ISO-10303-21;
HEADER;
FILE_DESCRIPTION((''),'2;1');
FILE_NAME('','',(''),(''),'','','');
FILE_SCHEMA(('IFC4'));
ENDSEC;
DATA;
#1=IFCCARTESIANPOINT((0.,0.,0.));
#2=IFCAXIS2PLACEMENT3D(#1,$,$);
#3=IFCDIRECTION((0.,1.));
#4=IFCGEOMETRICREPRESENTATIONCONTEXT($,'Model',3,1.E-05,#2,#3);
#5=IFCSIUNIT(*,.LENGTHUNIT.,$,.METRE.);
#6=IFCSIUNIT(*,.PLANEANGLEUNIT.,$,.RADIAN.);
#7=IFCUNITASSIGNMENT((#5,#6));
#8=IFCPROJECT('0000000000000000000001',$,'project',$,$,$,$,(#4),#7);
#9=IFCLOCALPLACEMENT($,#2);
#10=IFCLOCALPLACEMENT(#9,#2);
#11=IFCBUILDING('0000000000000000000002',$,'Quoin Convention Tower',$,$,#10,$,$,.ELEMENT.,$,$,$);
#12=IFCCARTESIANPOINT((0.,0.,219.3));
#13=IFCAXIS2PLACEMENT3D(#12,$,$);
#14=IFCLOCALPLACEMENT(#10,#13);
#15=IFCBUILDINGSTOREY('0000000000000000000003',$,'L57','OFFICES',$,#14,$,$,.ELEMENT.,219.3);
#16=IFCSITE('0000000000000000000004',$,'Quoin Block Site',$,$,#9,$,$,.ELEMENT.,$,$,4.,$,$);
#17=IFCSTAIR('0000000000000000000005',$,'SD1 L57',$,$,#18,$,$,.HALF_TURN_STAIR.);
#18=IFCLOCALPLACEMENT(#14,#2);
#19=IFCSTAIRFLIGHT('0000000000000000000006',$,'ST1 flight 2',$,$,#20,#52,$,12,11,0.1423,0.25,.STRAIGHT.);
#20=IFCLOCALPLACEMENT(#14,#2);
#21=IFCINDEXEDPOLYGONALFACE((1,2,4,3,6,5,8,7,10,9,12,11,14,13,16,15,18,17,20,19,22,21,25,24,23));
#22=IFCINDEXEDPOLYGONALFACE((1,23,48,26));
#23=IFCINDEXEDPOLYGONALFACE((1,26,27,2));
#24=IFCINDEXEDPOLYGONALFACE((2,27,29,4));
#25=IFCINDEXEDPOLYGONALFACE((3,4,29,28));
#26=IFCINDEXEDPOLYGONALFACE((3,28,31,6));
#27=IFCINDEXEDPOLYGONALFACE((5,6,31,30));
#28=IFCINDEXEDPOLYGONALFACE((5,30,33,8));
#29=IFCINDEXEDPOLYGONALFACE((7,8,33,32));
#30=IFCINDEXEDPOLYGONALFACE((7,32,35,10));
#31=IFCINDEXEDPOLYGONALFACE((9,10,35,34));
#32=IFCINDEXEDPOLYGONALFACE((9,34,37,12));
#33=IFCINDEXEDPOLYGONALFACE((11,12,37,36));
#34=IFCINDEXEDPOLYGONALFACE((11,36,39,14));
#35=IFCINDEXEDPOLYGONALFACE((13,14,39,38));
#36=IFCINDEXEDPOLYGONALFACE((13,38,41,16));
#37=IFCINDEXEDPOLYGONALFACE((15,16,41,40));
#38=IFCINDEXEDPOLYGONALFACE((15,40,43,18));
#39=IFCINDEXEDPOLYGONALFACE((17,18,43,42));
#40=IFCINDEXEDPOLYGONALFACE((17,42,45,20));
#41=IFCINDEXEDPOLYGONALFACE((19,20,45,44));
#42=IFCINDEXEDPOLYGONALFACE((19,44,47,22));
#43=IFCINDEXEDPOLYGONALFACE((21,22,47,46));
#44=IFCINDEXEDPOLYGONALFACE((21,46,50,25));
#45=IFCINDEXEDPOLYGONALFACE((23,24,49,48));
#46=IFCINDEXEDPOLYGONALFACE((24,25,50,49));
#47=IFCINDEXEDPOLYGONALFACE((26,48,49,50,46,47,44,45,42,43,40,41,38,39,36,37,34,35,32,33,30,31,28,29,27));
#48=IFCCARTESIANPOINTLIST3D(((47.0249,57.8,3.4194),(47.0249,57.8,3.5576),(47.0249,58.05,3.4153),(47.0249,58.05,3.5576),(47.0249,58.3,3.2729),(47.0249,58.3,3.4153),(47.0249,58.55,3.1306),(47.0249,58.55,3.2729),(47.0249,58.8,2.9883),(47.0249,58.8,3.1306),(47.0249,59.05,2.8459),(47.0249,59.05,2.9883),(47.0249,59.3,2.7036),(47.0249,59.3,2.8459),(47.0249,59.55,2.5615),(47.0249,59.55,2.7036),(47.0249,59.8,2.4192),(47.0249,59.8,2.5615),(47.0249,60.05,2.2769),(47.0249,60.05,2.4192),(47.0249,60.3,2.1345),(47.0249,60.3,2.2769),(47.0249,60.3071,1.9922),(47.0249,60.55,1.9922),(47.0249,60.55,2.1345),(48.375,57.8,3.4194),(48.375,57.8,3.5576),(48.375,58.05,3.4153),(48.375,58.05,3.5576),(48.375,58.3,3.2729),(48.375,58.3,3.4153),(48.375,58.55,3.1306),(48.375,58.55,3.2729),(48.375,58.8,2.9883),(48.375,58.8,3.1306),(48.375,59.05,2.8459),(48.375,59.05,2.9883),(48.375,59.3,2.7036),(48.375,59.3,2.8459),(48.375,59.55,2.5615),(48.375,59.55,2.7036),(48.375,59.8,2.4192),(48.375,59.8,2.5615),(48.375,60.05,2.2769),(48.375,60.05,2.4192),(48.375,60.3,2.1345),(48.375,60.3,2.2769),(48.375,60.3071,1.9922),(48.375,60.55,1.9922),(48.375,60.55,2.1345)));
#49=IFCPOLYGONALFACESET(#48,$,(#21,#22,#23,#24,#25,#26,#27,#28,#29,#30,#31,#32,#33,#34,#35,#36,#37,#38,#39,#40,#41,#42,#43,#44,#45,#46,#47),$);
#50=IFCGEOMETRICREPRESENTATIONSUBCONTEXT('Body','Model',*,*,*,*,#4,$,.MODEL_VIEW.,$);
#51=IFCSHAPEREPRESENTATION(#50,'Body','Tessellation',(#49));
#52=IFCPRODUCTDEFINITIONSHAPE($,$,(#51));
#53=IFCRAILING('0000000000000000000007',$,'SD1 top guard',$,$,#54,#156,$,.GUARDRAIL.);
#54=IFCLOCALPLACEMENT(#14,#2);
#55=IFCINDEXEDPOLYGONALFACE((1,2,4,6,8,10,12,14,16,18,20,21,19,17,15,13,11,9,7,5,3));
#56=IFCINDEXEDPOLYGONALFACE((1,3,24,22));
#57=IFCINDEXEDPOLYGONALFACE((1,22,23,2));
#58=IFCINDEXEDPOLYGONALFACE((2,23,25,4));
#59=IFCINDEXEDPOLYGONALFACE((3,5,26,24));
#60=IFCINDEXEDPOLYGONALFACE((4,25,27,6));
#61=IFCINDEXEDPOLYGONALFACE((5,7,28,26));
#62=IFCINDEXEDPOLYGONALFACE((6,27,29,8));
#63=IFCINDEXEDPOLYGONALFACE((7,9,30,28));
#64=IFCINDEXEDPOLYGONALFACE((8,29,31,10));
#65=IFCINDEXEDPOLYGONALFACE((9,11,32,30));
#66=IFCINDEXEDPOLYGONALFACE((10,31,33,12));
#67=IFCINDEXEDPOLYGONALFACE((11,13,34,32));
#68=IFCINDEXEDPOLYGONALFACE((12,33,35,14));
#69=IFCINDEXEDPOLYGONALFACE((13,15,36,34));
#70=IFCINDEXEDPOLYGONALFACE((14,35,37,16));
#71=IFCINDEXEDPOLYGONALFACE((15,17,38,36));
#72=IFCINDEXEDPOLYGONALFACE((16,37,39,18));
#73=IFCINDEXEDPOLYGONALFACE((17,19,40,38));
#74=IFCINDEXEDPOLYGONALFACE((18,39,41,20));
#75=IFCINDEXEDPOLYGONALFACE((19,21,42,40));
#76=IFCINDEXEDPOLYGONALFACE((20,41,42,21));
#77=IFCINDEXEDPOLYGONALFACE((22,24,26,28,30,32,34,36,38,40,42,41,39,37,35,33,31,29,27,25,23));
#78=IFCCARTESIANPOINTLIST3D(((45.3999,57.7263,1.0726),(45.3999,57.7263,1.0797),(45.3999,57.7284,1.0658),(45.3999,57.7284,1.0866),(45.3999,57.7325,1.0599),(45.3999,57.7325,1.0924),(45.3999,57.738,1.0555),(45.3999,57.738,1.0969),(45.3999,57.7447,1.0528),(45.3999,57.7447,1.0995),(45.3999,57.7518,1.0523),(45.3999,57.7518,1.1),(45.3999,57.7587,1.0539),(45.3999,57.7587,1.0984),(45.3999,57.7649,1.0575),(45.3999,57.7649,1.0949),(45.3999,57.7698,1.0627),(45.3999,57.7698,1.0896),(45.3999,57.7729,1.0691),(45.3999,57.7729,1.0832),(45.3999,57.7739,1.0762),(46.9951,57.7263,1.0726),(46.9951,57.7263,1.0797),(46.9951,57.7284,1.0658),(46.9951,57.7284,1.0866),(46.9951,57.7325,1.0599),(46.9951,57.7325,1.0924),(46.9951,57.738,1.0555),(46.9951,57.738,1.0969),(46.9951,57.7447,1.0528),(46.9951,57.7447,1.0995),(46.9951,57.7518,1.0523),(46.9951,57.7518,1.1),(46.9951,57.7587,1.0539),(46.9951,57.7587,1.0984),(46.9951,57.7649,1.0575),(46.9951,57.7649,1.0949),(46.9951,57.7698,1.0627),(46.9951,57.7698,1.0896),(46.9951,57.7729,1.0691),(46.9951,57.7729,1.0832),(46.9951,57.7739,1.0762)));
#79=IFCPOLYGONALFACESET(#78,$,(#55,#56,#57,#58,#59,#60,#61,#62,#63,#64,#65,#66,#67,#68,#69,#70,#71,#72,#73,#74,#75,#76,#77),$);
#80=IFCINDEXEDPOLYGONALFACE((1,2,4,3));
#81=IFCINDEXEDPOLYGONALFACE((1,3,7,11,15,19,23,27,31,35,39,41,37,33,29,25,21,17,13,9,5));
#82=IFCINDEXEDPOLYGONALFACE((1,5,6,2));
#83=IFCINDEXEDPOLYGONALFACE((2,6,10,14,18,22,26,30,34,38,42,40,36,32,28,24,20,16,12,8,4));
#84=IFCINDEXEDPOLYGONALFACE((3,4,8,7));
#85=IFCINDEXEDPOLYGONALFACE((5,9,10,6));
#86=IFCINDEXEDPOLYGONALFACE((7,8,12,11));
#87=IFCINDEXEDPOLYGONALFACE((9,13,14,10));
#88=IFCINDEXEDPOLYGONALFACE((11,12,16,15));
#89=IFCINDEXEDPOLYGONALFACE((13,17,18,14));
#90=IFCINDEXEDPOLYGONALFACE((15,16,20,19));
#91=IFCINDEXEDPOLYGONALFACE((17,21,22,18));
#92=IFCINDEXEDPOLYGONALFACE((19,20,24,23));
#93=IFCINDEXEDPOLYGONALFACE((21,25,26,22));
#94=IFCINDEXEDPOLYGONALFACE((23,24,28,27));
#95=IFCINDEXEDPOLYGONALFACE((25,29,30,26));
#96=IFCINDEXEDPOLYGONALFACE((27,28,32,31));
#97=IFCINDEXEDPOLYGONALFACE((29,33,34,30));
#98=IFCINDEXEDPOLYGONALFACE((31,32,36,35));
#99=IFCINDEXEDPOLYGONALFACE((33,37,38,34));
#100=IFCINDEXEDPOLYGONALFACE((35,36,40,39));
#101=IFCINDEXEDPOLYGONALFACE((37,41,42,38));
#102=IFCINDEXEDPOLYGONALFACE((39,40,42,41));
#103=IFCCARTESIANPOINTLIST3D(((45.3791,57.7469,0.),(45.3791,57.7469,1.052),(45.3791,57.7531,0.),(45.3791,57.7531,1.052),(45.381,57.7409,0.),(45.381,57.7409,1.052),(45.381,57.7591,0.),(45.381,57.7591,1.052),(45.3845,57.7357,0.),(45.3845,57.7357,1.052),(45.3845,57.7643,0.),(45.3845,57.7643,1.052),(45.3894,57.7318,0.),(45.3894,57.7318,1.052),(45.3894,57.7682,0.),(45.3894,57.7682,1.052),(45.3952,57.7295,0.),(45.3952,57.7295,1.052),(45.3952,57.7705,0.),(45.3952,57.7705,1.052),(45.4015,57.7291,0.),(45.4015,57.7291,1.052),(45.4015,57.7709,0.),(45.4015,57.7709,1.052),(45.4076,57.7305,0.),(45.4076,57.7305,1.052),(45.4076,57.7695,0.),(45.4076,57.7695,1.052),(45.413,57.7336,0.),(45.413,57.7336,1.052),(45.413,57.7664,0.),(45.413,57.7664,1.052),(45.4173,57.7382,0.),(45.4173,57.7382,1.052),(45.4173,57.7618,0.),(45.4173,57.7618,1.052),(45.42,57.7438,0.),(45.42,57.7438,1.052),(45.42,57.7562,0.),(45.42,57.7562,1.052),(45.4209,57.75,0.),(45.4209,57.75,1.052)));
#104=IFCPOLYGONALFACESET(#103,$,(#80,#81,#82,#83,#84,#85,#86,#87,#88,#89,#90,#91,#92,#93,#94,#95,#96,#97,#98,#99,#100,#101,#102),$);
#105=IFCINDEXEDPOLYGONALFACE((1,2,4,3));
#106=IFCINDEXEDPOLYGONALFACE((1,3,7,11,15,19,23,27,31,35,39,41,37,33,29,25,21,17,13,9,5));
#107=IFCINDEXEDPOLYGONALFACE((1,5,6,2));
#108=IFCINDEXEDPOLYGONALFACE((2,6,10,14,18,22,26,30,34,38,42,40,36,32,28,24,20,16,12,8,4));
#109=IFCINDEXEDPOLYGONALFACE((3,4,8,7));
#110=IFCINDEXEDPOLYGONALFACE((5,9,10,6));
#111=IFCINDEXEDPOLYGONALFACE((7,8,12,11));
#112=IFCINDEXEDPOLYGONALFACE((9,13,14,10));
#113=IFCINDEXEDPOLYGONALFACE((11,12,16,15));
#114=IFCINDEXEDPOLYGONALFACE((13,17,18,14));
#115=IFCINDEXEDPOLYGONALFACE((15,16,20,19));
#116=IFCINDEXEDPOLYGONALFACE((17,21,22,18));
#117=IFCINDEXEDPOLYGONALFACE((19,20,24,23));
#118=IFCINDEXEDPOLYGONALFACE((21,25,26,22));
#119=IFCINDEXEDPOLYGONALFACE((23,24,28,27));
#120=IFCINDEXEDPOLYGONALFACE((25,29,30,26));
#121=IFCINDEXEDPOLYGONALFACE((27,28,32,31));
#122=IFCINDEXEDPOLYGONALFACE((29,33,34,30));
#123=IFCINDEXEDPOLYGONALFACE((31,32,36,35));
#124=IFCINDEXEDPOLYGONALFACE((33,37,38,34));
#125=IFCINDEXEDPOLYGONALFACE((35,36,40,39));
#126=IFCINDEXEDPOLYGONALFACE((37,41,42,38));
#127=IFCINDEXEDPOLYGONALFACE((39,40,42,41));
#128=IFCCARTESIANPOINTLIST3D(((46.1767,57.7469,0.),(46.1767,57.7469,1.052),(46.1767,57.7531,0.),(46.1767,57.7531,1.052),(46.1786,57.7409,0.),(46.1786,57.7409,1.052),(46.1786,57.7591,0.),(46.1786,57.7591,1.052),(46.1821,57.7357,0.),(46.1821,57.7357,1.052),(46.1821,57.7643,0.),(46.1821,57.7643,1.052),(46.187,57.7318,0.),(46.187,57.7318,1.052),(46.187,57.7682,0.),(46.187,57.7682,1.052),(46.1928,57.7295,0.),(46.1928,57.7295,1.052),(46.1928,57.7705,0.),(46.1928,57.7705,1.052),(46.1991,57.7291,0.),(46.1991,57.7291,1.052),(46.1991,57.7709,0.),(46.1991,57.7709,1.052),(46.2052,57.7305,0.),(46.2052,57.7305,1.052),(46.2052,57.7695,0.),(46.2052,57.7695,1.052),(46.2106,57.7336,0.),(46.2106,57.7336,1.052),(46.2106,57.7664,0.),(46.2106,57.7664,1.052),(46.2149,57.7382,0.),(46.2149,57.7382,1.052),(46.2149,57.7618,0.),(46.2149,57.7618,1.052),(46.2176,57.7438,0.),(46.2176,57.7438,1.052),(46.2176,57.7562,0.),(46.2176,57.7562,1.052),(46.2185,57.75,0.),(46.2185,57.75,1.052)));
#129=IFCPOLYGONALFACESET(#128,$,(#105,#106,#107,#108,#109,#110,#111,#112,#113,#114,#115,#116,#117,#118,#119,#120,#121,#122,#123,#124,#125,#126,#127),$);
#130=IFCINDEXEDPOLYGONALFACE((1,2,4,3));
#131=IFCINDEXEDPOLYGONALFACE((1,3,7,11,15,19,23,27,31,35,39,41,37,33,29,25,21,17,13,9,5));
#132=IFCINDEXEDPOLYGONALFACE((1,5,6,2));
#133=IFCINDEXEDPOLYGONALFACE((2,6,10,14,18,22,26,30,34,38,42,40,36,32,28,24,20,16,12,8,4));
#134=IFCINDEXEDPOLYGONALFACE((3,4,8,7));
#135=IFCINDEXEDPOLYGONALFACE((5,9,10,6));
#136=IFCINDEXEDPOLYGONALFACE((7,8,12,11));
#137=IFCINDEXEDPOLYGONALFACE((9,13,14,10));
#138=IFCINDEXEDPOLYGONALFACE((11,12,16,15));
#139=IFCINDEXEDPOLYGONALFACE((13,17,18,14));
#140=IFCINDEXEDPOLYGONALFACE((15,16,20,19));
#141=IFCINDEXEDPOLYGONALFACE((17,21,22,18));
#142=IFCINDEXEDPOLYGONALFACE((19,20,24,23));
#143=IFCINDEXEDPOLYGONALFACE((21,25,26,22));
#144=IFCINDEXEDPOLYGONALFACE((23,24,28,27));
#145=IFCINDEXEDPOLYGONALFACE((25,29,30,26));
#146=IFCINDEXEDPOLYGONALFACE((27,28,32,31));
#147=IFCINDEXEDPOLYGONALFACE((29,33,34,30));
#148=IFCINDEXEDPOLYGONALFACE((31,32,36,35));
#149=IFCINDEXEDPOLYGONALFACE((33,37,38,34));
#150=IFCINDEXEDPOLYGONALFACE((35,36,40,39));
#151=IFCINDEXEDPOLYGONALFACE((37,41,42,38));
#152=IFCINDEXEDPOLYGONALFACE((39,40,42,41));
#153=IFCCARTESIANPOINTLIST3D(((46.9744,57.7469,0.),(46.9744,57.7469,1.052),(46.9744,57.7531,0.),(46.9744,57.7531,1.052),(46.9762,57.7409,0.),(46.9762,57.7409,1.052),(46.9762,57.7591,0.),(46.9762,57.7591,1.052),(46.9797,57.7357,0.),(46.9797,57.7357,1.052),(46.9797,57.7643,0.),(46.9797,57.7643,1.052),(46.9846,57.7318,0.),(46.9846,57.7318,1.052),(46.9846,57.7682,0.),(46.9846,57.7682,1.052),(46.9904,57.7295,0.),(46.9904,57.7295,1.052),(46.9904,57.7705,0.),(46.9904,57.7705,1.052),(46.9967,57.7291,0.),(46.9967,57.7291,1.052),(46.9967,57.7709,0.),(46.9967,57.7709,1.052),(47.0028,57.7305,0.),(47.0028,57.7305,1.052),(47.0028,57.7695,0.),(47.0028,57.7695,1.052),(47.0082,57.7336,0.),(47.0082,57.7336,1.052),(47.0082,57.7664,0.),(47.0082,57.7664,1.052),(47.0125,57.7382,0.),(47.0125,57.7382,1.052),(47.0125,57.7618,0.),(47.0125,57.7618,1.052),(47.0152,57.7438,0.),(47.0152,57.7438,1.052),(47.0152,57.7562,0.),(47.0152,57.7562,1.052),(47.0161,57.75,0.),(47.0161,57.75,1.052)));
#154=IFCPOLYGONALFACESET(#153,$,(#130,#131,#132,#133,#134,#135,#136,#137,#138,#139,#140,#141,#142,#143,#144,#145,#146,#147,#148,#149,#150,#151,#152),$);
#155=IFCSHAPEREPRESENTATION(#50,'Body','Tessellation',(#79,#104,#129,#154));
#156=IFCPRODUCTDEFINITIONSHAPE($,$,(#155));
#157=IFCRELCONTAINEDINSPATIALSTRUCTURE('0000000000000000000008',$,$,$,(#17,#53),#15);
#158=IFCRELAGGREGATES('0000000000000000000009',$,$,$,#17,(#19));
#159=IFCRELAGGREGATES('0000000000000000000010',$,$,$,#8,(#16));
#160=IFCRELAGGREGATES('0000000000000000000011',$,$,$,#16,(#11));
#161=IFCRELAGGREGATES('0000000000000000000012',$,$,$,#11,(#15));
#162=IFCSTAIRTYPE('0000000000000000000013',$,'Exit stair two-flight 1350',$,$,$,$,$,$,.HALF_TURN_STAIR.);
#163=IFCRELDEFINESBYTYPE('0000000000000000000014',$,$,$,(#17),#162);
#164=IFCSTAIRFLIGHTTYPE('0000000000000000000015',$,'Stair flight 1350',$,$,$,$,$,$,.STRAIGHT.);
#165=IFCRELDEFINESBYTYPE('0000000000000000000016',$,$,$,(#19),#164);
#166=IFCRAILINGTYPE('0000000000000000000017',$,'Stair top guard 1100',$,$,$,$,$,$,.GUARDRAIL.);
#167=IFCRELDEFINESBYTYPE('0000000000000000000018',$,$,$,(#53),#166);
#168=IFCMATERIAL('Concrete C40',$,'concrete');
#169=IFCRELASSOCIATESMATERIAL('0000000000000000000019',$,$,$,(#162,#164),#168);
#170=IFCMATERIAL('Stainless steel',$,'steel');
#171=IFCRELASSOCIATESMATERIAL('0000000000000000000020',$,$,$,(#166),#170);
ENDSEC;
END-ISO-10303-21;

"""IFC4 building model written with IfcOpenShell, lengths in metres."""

from ifc_helpers import new_model, si_unit, direction, frame, origin, origin_2d, place, context, subcontext, project, spatial, polyline, circle, outline, extrude, material, type_object, element, aggregate, save


model = new_model("IFC4")

# Units and contexts
model_context = context("Model", 3, precision=1e-05, world=origin(), true_north=direction((0.0, 1.0)))
body_context = subcontext(model_context, "Body", "Model", "MODEL_VIEW")
ifc_project = project(units=[si_unit("LENGTHUNIT", "METRE"), si_unit("PLANEANGLEUNIT", "RADIAN")], contexts=[model_context])

# Site, building, storey
site_placement = place(None, origin())
site = spatial("IfcSite", under=ifc_project, at=site_placement, Name="Quoin Block Site", CompositionType="ELEMENT", RefElevation=4.0)
building_placement = place(site_placement, origin())
building = spatial("IfcBuilding", under=site, at=building_placement, Name="Quoin Convention Tower", CompositionType="ELEMENT")
storey_placement = place(building_placement, frame((0.0, 0.0, 219.3)))
storey = spatial("IfcBuildingStorey", under=building, at=storey_placement, Name="L57", Description="OFFICES", CompositionType="ELEMENT", Elevation=219.3)

# Stair, stair flight
ifc_material_1 = material(Name="Concrete C40", Category="concrete")
stair_type = type_object("IfcStairType", Name="Exit stair two-flight 1350", PredefinedType="HALF_TURN_STAIR", material=ifc_material_1)
stair_placement = place(storey_placement, origin())
stair = element("IfcStair", 1, at=stair_placement, inside=storey, type_object=stair_type, Name="SD1 L57", PredefinedType="HALF_TURN_STAIR")
stair_flight_type = type_object("IfcStairFlightType", Name="Stair flight 1350", PredefinedType="STRAIGHT", material=ifc_material_1)
stair_flight_1_placement = place(storey_placement, frame((47.7, 60.55, 1.9922), z_axis=(0.0, 0.0, 1.0), x_axis=(0.0, -1.0, 0.0)))
stair_flight_1 = element("IfcStairFlight", 2, at=stair_flight_1_placement, type_object=stair_flight_type, Name="ST1 flight 2", NumberOfRisers=12, NumberOfTreads=11, PredefinedType="STRAIGHT", RiserHeight=0.1423, TreadLength=0.25, context=body_context, shape_type="SweptSolid", body=[
    extrude(outline(polyline([(0.0, 0.0), (0.0, 0.1423), (0.25, 0.1423), (0.25, 0.2847), (0.5, 0.2847), (0.5, 0.427), (0.75, 0.427), (0.75, 0.5693), (1.0, 0.5693), (1.0, 0.7114), (1.25, 0.7114), (1.25, 0.8538), (1.5, 0.8538), (1.5, 0.9961), (1.75, 0.9961), (1.75, 1.1384), (2.0, 1.1384), (2.0, 1.2808), (2.25, 1.2808), (2.25, 1.4231), (2.5, 1.4231), (2.5, 1.5654), (2.75, 1.5654), (2.75, 1.7078), (2.75, 1.4272), (0.2429, 0.0), (0.0, 0.0)])), frame((0.0, 0.675, 0.0), z_axis=(0.0, -1.0, 0.0), x_axis=(1.0, 0.0, 0.0)), (0.0, 0.0, 1.0), 1.3501),
])
aggregate(stair, [stair_flight_1])

# Railing
ifc_material_2 = material(Name="Stainless steel", Category="steel")
railing_type_1 = type_object("IfcRailingType", Name="Stair top guard 1100", PredefinedType="GUARDRAIL", material=ifc_material_2)
railing_1_placement = place(storey_placement, frame((45.3999, 57.75, 0.0)))
element("IfcRailing", 3, at=railing_1_placement, inside=storey, type_object=railing_type_1, Name="SD1 top guard", PredefinedType="GUARDRAIL", context=body_context, shape_type="SweptSolid", body=[
    extrude(circle(Radius=0.0239, at=origin_2d()), frame((0.0, 0.0, 1.0762), z_axis=(1.0, 0.0, 0.0), x_axis=(0.0, 1.0, 0.0)), (0.0, 0.0, 1.0), 1.5952),
    extrude(circle(Radius=0.021, at=origin_2d()), origin(), (0.0, 0.0, 1.0), 1.052),
    extrude(circle(Radius=0.021, at=origin_2d()), frame((0.7976, 0.0, 0.0)), (0.0, 0.0, 1.0), 1.052),
    extrude(circle(Radius=0.021, at=origin_2d()), frame((1.5952, 0.0, 0.0)), (0.0, 0.0, 1.0), 1.052),
])

save(model, "model.ifc")
